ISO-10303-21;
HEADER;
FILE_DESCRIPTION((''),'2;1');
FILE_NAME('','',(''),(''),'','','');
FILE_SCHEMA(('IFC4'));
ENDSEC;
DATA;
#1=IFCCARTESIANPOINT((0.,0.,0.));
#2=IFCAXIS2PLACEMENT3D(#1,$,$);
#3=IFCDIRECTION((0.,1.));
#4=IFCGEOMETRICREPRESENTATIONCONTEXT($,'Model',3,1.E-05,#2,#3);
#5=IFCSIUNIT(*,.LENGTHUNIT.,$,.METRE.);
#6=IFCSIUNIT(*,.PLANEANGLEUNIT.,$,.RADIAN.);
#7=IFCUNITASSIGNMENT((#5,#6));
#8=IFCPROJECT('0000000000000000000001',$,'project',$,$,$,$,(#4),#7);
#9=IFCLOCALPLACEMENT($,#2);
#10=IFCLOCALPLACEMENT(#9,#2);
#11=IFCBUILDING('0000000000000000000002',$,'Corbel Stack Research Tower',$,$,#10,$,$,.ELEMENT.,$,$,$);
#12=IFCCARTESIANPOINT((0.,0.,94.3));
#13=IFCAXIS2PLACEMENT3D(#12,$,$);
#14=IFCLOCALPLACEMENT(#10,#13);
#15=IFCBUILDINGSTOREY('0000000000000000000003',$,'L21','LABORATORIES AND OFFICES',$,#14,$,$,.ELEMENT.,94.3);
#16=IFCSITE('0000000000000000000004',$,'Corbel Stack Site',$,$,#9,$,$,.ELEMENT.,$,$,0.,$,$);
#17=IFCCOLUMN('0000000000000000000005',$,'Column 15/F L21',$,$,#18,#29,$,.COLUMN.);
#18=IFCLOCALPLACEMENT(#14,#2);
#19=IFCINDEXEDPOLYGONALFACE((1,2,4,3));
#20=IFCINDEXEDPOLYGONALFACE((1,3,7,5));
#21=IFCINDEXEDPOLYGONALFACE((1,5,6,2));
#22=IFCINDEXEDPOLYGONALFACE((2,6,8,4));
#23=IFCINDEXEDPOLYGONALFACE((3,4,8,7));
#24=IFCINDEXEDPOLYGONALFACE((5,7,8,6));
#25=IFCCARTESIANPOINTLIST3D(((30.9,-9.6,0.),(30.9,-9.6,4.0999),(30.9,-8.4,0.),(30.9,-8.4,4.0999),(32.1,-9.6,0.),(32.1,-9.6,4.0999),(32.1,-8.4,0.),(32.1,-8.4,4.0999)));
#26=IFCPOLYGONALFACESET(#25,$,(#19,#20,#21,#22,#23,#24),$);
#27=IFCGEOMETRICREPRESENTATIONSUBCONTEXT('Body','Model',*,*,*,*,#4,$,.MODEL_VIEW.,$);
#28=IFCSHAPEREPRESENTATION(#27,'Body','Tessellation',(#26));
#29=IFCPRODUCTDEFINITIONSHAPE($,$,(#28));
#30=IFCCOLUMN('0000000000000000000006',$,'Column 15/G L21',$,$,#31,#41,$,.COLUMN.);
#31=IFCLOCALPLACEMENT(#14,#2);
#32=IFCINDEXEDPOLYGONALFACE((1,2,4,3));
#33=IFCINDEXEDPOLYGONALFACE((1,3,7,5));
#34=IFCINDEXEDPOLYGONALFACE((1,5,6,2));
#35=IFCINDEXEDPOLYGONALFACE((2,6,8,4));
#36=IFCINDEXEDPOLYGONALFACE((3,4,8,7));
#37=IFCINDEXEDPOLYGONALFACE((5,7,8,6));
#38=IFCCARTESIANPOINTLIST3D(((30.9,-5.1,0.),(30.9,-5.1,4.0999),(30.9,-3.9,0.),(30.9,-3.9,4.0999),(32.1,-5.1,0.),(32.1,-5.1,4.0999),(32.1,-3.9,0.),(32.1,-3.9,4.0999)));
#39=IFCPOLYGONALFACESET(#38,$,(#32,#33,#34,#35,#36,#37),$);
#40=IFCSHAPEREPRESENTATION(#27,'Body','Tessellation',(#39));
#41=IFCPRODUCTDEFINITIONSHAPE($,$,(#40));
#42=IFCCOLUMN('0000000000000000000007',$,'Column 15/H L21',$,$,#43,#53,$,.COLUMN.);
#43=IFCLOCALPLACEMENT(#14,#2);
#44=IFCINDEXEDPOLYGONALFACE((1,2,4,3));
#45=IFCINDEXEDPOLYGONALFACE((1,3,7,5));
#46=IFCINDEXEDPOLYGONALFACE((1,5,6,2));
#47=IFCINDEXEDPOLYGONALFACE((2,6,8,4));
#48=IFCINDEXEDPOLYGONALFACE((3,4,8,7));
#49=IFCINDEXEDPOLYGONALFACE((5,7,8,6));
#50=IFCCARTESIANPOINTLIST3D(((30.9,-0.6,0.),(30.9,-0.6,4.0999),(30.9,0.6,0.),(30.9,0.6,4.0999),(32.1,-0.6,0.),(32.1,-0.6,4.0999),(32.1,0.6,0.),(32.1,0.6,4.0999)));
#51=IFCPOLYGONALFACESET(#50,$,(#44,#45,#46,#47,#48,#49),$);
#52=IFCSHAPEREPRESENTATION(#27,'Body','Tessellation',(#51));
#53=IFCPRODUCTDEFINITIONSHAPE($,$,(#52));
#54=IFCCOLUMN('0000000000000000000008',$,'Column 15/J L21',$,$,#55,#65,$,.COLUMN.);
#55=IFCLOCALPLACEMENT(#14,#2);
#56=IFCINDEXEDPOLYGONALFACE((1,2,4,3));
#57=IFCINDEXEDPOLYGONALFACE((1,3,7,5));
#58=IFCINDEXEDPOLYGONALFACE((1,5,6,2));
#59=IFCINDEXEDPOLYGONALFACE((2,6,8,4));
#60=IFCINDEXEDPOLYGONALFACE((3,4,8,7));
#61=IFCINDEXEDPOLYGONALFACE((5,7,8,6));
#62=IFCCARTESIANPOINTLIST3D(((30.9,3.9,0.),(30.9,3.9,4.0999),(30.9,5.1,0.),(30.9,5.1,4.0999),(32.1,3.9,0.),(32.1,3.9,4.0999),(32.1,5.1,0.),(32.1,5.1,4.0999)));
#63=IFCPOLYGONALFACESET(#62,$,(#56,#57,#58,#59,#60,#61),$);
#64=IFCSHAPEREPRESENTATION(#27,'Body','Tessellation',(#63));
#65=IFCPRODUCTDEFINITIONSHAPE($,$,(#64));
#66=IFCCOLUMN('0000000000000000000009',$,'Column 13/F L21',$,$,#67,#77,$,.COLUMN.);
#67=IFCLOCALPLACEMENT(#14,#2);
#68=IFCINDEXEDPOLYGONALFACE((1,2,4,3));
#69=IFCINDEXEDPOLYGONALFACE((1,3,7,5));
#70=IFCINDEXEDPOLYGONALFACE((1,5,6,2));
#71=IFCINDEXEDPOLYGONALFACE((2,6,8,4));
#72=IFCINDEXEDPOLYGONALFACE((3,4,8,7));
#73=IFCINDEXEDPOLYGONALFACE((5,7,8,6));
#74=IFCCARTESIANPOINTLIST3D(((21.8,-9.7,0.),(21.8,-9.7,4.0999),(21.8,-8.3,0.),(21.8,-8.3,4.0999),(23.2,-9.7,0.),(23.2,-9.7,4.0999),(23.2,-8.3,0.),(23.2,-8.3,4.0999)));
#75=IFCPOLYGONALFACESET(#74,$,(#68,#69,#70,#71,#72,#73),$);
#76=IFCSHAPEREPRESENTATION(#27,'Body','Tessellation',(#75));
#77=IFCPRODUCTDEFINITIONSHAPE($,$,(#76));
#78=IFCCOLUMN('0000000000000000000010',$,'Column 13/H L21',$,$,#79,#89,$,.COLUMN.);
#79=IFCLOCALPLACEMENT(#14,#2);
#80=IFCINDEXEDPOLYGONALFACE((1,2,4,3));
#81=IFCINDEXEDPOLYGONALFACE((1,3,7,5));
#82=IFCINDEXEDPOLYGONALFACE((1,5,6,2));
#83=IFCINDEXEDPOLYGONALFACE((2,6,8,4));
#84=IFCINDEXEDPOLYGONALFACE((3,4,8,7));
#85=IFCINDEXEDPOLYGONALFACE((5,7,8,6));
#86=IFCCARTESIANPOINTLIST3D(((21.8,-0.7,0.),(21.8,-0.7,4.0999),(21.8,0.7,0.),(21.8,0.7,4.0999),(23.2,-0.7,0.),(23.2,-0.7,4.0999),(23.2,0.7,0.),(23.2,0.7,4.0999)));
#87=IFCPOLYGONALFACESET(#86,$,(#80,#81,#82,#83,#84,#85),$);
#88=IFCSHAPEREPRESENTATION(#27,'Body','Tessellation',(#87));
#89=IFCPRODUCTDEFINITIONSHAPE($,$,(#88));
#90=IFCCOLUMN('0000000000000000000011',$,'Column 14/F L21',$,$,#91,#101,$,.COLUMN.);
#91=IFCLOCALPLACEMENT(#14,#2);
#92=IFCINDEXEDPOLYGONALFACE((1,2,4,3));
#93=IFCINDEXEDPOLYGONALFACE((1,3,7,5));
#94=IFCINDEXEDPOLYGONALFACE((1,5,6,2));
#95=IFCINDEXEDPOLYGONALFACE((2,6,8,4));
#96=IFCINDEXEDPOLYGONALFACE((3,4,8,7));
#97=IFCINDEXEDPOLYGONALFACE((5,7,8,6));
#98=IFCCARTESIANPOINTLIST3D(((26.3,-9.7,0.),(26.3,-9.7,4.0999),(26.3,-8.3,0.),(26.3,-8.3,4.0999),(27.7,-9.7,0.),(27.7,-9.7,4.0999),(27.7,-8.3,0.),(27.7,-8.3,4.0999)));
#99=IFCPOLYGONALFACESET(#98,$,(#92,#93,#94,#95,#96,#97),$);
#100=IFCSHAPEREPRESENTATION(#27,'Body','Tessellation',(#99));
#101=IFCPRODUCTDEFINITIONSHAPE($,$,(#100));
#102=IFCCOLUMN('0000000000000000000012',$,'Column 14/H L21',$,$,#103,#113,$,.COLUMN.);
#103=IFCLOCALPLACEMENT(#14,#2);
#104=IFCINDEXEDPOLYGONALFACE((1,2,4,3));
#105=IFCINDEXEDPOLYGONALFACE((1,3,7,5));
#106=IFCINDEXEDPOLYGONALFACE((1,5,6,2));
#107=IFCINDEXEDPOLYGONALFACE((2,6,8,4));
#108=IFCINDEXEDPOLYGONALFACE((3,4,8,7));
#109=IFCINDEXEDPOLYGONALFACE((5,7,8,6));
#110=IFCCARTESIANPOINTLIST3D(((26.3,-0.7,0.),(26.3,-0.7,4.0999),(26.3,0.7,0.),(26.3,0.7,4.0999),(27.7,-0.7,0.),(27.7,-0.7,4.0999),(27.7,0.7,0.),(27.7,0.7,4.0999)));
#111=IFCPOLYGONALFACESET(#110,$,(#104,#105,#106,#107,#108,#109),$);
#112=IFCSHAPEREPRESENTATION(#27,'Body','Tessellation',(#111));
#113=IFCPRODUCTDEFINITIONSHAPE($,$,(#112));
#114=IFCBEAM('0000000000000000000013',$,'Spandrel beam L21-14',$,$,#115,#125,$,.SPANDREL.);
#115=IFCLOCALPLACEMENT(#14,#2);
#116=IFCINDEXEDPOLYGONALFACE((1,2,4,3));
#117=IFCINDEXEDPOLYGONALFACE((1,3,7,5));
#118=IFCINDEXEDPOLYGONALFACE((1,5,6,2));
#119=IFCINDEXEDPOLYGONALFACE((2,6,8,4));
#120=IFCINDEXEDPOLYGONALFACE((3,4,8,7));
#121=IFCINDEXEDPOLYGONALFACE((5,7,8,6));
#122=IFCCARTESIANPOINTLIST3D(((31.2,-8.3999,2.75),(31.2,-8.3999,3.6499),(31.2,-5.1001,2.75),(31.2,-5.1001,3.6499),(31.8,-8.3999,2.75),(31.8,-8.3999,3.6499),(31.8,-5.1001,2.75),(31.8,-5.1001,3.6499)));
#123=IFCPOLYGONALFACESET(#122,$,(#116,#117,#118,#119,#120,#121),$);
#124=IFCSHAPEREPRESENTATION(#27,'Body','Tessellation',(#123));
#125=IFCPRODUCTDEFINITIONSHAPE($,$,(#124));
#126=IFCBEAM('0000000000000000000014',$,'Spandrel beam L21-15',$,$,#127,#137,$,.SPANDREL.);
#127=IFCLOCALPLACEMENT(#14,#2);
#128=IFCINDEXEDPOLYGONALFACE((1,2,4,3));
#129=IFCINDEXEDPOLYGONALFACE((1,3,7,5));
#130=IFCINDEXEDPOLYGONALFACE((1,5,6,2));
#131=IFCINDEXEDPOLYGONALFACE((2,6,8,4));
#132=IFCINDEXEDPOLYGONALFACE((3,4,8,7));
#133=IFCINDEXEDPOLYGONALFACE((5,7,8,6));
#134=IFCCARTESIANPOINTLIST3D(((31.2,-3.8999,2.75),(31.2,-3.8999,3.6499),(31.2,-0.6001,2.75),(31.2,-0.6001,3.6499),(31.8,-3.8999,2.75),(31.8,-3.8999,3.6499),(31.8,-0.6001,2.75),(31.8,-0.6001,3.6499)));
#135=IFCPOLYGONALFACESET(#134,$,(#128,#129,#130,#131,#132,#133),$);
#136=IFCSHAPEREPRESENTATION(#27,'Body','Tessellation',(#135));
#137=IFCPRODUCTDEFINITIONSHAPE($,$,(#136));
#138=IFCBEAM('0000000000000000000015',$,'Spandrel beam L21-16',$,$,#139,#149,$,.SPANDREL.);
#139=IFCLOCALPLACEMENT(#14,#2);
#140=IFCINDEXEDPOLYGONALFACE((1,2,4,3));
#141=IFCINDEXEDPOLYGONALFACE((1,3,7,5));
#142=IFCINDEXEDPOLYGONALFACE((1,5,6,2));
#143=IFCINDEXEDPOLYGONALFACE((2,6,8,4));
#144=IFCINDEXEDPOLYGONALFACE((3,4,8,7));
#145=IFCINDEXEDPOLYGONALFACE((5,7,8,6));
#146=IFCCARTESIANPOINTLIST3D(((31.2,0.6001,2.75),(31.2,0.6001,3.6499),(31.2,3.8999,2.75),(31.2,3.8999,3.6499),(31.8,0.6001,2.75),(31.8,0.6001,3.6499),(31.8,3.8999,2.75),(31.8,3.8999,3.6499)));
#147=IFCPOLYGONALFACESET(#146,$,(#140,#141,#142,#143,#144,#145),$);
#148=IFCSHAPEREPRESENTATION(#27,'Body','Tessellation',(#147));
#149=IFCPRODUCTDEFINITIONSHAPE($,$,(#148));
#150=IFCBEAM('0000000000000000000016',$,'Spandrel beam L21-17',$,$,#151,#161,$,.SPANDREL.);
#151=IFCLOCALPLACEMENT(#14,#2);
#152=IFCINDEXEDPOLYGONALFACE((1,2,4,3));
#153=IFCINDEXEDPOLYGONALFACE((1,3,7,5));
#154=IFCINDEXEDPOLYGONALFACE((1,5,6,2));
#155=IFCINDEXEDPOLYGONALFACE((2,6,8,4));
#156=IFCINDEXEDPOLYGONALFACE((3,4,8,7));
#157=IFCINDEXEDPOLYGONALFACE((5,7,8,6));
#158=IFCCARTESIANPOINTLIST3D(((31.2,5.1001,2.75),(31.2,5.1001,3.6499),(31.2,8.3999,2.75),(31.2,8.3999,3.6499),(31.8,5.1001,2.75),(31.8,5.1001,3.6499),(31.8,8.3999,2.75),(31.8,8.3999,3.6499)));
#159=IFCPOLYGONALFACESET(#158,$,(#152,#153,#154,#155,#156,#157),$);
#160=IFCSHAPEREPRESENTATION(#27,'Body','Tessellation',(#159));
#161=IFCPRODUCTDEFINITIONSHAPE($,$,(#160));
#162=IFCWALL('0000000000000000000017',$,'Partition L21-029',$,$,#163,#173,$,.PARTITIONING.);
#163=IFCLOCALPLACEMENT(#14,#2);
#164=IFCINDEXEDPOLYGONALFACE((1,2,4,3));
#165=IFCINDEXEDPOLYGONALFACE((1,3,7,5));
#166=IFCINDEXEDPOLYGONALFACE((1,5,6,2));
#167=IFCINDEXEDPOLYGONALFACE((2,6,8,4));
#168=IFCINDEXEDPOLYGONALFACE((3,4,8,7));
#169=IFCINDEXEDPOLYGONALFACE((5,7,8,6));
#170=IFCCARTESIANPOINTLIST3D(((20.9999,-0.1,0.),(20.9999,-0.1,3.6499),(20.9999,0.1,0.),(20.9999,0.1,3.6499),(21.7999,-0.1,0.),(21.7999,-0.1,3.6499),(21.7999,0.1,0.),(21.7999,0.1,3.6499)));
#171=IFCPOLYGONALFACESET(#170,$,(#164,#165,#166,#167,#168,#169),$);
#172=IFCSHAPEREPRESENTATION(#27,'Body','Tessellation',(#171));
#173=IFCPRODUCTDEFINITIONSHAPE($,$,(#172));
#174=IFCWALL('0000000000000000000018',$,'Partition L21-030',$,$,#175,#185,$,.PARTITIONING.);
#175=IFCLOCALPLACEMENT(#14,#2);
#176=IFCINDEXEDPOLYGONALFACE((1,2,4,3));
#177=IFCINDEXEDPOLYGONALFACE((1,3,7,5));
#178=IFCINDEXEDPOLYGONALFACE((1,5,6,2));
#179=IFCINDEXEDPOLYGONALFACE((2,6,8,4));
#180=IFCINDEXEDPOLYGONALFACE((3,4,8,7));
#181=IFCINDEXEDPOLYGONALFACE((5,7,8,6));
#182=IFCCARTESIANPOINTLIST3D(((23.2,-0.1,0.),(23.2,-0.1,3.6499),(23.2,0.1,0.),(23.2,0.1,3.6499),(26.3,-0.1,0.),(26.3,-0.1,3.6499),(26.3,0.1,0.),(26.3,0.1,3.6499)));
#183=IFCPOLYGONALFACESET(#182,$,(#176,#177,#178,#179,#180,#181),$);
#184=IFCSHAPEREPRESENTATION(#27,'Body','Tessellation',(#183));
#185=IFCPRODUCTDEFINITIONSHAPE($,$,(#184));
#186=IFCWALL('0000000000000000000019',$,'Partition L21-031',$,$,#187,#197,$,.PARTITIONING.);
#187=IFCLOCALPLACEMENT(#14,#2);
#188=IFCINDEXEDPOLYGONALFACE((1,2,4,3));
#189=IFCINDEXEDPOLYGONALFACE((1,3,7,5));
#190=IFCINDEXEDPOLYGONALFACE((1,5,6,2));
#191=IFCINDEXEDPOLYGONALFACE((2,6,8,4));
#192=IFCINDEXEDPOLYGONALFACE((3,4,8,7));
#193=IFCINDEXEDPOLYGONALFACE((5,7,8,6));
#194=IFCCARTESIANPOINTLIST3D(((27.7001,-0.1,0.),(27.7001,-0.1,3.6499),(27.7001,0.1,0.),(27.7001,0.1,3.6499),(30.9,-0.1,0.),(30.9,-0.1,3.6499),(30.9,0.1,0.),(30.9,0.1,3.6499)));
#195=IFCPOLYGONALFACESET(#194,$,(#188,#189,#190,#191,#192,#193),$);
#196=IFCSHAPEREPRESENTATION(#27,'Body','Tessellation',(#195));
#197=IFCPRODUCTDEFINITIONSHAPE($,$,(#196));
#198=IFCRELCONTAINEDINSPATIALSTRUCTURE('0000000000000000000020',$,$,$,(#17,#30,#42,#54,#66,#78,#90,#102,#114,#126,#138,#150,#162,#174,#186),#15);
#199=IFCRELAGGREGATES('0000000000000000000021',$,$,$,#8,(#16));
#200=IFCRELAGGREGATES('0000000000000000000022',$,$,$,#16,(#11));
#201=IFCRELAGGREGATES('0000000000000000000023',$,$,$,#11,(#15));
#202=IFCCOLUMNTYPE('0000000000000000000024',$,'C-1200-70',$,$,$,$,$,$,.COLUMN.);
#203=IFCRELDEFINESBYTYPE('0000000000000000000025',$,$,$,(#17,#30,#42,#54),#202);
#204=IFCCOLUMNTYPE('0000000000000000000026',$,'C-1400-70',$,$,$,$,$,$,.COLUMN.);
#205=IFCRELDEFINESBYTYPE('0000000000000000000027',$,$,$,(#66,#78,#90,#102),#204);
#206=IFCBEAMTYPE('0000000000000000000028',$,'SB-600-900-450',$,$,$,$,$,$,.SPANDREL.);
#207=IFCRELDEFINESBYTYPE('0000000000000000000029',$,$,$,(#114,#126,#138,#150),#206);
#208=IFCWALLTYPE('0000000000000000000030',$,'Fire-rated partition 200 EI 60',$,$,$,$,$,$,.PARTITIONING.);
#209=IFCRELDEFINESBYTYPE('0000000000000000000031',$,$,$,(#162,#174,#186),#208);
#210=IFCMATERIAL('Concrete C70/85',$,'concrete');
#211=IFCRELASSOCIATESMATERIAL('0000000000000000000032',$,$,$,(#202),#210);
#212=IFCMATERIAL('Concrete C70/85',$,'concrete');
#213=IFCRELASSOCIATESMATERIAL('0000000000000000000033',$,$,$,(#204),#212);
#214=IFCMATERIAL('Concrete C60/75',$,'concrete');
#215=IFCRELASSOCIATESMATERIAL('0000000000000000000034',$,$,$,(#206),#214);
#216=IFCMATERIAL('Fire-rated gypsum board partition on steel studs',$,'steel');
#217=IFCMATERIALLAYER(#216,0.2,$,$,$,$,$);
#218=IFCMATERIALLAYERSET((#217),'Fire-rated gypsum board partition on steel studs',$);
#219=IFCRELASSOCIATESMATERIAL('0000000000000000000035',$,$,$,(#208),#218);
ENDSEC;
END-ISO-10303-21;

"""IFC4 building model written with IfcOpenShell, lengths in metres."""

from ifc_helpers import new_model, si_unit, direction, frame, frame_2d, origin, origin_2d, place, context, subcontext, project, spatial, rectangle, extrude, material, layer, layer_set, material_profile, profile_set, type_object, element, save


model = new_model("IFC4")

# Units and contexts
model_context = context("Model", 3, precision=1e-05, world=origin(), true_north=direction((0.0, 1.0)))
body_context = subcontext(model_context, "Body", "Model", "MODEL_VIEW")
ifc_project = project(units=[si_unit("LENGTHUNIT", "METRE"), si_unit("PLANEANGLEUNIT", "RADIAN")], contexts=[model_context])

# Site, building, storey
site_placement = place(None, origin())
site = spatial("IfcSite", under=ifc_project, at=site_placement, Name="Corbel Stack Site", CompositionType="ELEMENT", RefElevation=0.0)
building_placement = place(site_placement, origin())
building = spatial("IfcBuilding", under=site, at=building_placement, Name="Corbel Stack Research Tower", CompositionType="ELEMENT")
storey_placement = place(building_placement, frame((0.0, 0.0, 94.3)))
storey = spatial("IfcBuildingStorey", under=building, at=storey_placement, Name="L21", Description="LABORATORIES AND OFFICES", CompositionType="ELEMENT", Elevation=94.3)

# Columns
ifc_material_1 = material(Name="Concrete C70/85", Category="concrete")
ifc_material_profile_1 = material_profile(ifc_material_1, rectangle(XDim=1.2, YDim=1.2, at=origin_2d()), Name="RC 1200 x 1200")
ifc_profile_set_1 = profile_set([ifc_material_profile_1], Name="Concrete C70/85")
column_type_1 = type_object("IfcColumnType", Name="C-1200-70", PredefinedType="COLUMN", material=ifc_profile_set_1)
for number, where, z_axis, x_axis, name in (
    (1, (31.5, -9.0, 0.0), (0.0, 0.0, 1.0), (1.0, 0.0, 0.0), "Column 15/F L21"),
    (2, (31.5, -4.5, 0.0), (0.0, 0.0, 1.0), (1.0, 0.0, 0.0), "Column 15/G L21"),
    (3, (31.5, 0.0, 0.0), (0.0, 0.0, 1.0), (1.0, 0.0, 0.0), "Column 15/H L21"),
    (4, (31.5, 4.5, 0.0), (0.0, 0.0, 1.0), (1.0, 0.0, 0.0), "Column 15/J L21"),
):
    element("IfcColumn", number, at=place(storey_placement, frame(where, z_axis=z_axis, x_axis=x_axis)), inside=storey, type_object=column_type_1, Name=name, PredefinedType="COLUMN", context=body_context, shape_type="SweptSolid", body=[
        extrude(rectangle(XDim=1.2, YDim=1.2, at=origin_2d()), origin(), (0.0, 0.0, 1.0), 4.0999),
    ])
ifc_material_2 = material(Name="Concrete C70/85", Category="concrete")
ifc_material_profile_2 = material_profile(ifc_material_2, rectangle(XDim=1.3999, YDim=1.3999, at=origin_2d()), Name="RC 1400 x 1400")
ifc_profile_set_2 = profile_set([ifc_material_profile_2], Name="Concrete C70/85")
column_type_2 = type_object("IfcColumnType", Name="C-1400-70", PredefinedType="COLUMN", material=ifc_profile_set_2)
for number, where, z_axis, x_axis, name in (
    (5, (22.5, -9.0, 0.0), (0.0, 0.0, 1.0), (1.0, 0.0, 0.0), "Column 13/F L21"),
    (6, (22.5, 0.0, 0.0), (0.0, 0.0, 1.0), (1.0, 0.0, 0.0), "Column 13/H L21"),
    (7, (27.0, -9.0, 0.0), (0.0, 0.0, 1.0), (1.0, 0.0, 0.0), "Column 14/F L21"),
    (8, (27.0, 0.0, 0.0), (0.0, 0.0, 1.0), (1.0, 0.0, 0.0), "Column 14/H L21"),
):
    element("IfcColumn", number, at=place(storey_placement, frame(where, z_axis=z_axis, x_axis=x_axis)), inside=storey, type_object=column_type_2, Name=name, PredefinedType="COLUMN", context=body_context, shape_type="SweptSolid", body=[
        extrude(rectangle(XDim=1.3999, YDim=1.3999, at=origin_2d()), origin(), (0.0, 0.0, 1.0), 4.0999),
    ])

# Beams
ifc_material_3 = material(Name="Concrete C60/75", Category="concrete")
ifc_material_profile_3 = material_profile(ifc_material_3, rectangle(XDim=0.6001, YDim=0.8999, at=origin_2d()), Name="RC 600 x 900")
ifc_profile_set_3 = profile_set([ifc_material_profile_3], Name="Concrete C60/75")
beam_type = type_object("IfcBeamType", Name="SB-600-900-450", PredefinedType="SPANDREL", material=ifc_profile_set_3)
for number, where, z_axis, x_axis, name in (
    (9, (31.5, -8.3999, 3.2), (0.0, 1.0, 0.0), (-1.0, 0.0, 0.0), "Spandrel beam L21-14"),
    (10, (31.5, -3.8999, 3.2), (0.0, 1.0, 0.0), (-1.0, 0.0, 0.0), "Spandrel beam L21-15"),
    (11, (31.5, 0.6001, 3.2), (0.0, 1.0, 0.0), (-1.0, 0.0, 0.0), "Spandrel beam L21-16"),
    (12, (31.5, 5.1001, 3.2), (0.0, 1.0, 0.0), (-1.0, 0.0, 0.0), "Spandrel beam L21-17"),
):
    element("IfcBeam", number, at=place(storey_placement, frame(where, z_axis=z_axis, x_axis=x_axis)), inside=storey, type_object=beam_type, Name=name, PredefinedType="SPANDREL", context=body_context, shape_type="SweptSolid", body=[
        extrude(rectangle(XDim=0.6001, YDim=0.8999, at=origin_2d()), origin(), (0.0, 0.0, 1.0), 3.2998),
    ])

# Walls
ifc_material_4 = material(Name="Fire-rated gypsum board partition on steel studs", Category="steel")
ifc_layer_1 = layer(ifc_material_4, 0.2)
ifc_layer_set_1 = layer_set([ifc_layer_1], Name="Fire-rated gypsum board partition on steel studs")
wall_type_1 = type_object("IfcWallType", Name="Fire-rated partition 200 EI 60", PredefinedType="PARTITIONING", material=ifc_layer_set_1)
wall_1_placement = place(storey_placement, frame((21.0, 0.0, 0.0), z_axis=(0.0, 0.0, 1.0), x_axis=(1.0, 0.0, 0.0)))
element("IfcWall", 13, at=wall_1_placement, inside=storey, type_object=wall_type_1, Name="Partition L21-029", PredefinedType="PARTITIONING", context=body_context, shape_type="SweptSolid", body=[
    extrude(rectangle(XDim=0.8, YDim=0.2, at=frame_2d((0.3999, 0.0))), origin(), (0.0, 0.0, 1.0), 3.6499),
])
wall_2_placement = place(storey_placement, frame((23.2, 0.0, 0.0), z_axis=(0.0, 0.0, 1.0), x_axis=(1.0, 0.0, 0.0)))
element("IfcWall", 14, at=wall_2_placement, inside=storey, type_object=wall_type_1, Name="Partition L21-030", PredefinedType="PARTITIONING", context=body_context, shape_type="SweptSolid", body=[
    extrude(rectangle(XDim=3.1001, YDim=0.2, at=frame_2d((1.55, 0.0))), origin(), (0.0, 0.0, 1.0), 3.6499),
])
wall_3_placement = place(storey_placement, frame((27.7, 0.0, 0.0), z_axis=(0.0, 0.0, 1.0), x_axis=(1.0, 0.0, 0.0)))
element("IfcWall", 15, at=wall_3_placement, inside=storey, type_object=wall_type_1, Name="Partition L21-031", PredefinedType="PARTITIONING", context=body_context, shape_type="SweptSolid", body=[
    extrude(rectangle(XDim=3.2, YDim=0.2, at=frame_2d((1.6001, 0.0))), origin(), (0.0, 0.0, 1.0), 3.6499),
])

save(model, "model.ifc")
